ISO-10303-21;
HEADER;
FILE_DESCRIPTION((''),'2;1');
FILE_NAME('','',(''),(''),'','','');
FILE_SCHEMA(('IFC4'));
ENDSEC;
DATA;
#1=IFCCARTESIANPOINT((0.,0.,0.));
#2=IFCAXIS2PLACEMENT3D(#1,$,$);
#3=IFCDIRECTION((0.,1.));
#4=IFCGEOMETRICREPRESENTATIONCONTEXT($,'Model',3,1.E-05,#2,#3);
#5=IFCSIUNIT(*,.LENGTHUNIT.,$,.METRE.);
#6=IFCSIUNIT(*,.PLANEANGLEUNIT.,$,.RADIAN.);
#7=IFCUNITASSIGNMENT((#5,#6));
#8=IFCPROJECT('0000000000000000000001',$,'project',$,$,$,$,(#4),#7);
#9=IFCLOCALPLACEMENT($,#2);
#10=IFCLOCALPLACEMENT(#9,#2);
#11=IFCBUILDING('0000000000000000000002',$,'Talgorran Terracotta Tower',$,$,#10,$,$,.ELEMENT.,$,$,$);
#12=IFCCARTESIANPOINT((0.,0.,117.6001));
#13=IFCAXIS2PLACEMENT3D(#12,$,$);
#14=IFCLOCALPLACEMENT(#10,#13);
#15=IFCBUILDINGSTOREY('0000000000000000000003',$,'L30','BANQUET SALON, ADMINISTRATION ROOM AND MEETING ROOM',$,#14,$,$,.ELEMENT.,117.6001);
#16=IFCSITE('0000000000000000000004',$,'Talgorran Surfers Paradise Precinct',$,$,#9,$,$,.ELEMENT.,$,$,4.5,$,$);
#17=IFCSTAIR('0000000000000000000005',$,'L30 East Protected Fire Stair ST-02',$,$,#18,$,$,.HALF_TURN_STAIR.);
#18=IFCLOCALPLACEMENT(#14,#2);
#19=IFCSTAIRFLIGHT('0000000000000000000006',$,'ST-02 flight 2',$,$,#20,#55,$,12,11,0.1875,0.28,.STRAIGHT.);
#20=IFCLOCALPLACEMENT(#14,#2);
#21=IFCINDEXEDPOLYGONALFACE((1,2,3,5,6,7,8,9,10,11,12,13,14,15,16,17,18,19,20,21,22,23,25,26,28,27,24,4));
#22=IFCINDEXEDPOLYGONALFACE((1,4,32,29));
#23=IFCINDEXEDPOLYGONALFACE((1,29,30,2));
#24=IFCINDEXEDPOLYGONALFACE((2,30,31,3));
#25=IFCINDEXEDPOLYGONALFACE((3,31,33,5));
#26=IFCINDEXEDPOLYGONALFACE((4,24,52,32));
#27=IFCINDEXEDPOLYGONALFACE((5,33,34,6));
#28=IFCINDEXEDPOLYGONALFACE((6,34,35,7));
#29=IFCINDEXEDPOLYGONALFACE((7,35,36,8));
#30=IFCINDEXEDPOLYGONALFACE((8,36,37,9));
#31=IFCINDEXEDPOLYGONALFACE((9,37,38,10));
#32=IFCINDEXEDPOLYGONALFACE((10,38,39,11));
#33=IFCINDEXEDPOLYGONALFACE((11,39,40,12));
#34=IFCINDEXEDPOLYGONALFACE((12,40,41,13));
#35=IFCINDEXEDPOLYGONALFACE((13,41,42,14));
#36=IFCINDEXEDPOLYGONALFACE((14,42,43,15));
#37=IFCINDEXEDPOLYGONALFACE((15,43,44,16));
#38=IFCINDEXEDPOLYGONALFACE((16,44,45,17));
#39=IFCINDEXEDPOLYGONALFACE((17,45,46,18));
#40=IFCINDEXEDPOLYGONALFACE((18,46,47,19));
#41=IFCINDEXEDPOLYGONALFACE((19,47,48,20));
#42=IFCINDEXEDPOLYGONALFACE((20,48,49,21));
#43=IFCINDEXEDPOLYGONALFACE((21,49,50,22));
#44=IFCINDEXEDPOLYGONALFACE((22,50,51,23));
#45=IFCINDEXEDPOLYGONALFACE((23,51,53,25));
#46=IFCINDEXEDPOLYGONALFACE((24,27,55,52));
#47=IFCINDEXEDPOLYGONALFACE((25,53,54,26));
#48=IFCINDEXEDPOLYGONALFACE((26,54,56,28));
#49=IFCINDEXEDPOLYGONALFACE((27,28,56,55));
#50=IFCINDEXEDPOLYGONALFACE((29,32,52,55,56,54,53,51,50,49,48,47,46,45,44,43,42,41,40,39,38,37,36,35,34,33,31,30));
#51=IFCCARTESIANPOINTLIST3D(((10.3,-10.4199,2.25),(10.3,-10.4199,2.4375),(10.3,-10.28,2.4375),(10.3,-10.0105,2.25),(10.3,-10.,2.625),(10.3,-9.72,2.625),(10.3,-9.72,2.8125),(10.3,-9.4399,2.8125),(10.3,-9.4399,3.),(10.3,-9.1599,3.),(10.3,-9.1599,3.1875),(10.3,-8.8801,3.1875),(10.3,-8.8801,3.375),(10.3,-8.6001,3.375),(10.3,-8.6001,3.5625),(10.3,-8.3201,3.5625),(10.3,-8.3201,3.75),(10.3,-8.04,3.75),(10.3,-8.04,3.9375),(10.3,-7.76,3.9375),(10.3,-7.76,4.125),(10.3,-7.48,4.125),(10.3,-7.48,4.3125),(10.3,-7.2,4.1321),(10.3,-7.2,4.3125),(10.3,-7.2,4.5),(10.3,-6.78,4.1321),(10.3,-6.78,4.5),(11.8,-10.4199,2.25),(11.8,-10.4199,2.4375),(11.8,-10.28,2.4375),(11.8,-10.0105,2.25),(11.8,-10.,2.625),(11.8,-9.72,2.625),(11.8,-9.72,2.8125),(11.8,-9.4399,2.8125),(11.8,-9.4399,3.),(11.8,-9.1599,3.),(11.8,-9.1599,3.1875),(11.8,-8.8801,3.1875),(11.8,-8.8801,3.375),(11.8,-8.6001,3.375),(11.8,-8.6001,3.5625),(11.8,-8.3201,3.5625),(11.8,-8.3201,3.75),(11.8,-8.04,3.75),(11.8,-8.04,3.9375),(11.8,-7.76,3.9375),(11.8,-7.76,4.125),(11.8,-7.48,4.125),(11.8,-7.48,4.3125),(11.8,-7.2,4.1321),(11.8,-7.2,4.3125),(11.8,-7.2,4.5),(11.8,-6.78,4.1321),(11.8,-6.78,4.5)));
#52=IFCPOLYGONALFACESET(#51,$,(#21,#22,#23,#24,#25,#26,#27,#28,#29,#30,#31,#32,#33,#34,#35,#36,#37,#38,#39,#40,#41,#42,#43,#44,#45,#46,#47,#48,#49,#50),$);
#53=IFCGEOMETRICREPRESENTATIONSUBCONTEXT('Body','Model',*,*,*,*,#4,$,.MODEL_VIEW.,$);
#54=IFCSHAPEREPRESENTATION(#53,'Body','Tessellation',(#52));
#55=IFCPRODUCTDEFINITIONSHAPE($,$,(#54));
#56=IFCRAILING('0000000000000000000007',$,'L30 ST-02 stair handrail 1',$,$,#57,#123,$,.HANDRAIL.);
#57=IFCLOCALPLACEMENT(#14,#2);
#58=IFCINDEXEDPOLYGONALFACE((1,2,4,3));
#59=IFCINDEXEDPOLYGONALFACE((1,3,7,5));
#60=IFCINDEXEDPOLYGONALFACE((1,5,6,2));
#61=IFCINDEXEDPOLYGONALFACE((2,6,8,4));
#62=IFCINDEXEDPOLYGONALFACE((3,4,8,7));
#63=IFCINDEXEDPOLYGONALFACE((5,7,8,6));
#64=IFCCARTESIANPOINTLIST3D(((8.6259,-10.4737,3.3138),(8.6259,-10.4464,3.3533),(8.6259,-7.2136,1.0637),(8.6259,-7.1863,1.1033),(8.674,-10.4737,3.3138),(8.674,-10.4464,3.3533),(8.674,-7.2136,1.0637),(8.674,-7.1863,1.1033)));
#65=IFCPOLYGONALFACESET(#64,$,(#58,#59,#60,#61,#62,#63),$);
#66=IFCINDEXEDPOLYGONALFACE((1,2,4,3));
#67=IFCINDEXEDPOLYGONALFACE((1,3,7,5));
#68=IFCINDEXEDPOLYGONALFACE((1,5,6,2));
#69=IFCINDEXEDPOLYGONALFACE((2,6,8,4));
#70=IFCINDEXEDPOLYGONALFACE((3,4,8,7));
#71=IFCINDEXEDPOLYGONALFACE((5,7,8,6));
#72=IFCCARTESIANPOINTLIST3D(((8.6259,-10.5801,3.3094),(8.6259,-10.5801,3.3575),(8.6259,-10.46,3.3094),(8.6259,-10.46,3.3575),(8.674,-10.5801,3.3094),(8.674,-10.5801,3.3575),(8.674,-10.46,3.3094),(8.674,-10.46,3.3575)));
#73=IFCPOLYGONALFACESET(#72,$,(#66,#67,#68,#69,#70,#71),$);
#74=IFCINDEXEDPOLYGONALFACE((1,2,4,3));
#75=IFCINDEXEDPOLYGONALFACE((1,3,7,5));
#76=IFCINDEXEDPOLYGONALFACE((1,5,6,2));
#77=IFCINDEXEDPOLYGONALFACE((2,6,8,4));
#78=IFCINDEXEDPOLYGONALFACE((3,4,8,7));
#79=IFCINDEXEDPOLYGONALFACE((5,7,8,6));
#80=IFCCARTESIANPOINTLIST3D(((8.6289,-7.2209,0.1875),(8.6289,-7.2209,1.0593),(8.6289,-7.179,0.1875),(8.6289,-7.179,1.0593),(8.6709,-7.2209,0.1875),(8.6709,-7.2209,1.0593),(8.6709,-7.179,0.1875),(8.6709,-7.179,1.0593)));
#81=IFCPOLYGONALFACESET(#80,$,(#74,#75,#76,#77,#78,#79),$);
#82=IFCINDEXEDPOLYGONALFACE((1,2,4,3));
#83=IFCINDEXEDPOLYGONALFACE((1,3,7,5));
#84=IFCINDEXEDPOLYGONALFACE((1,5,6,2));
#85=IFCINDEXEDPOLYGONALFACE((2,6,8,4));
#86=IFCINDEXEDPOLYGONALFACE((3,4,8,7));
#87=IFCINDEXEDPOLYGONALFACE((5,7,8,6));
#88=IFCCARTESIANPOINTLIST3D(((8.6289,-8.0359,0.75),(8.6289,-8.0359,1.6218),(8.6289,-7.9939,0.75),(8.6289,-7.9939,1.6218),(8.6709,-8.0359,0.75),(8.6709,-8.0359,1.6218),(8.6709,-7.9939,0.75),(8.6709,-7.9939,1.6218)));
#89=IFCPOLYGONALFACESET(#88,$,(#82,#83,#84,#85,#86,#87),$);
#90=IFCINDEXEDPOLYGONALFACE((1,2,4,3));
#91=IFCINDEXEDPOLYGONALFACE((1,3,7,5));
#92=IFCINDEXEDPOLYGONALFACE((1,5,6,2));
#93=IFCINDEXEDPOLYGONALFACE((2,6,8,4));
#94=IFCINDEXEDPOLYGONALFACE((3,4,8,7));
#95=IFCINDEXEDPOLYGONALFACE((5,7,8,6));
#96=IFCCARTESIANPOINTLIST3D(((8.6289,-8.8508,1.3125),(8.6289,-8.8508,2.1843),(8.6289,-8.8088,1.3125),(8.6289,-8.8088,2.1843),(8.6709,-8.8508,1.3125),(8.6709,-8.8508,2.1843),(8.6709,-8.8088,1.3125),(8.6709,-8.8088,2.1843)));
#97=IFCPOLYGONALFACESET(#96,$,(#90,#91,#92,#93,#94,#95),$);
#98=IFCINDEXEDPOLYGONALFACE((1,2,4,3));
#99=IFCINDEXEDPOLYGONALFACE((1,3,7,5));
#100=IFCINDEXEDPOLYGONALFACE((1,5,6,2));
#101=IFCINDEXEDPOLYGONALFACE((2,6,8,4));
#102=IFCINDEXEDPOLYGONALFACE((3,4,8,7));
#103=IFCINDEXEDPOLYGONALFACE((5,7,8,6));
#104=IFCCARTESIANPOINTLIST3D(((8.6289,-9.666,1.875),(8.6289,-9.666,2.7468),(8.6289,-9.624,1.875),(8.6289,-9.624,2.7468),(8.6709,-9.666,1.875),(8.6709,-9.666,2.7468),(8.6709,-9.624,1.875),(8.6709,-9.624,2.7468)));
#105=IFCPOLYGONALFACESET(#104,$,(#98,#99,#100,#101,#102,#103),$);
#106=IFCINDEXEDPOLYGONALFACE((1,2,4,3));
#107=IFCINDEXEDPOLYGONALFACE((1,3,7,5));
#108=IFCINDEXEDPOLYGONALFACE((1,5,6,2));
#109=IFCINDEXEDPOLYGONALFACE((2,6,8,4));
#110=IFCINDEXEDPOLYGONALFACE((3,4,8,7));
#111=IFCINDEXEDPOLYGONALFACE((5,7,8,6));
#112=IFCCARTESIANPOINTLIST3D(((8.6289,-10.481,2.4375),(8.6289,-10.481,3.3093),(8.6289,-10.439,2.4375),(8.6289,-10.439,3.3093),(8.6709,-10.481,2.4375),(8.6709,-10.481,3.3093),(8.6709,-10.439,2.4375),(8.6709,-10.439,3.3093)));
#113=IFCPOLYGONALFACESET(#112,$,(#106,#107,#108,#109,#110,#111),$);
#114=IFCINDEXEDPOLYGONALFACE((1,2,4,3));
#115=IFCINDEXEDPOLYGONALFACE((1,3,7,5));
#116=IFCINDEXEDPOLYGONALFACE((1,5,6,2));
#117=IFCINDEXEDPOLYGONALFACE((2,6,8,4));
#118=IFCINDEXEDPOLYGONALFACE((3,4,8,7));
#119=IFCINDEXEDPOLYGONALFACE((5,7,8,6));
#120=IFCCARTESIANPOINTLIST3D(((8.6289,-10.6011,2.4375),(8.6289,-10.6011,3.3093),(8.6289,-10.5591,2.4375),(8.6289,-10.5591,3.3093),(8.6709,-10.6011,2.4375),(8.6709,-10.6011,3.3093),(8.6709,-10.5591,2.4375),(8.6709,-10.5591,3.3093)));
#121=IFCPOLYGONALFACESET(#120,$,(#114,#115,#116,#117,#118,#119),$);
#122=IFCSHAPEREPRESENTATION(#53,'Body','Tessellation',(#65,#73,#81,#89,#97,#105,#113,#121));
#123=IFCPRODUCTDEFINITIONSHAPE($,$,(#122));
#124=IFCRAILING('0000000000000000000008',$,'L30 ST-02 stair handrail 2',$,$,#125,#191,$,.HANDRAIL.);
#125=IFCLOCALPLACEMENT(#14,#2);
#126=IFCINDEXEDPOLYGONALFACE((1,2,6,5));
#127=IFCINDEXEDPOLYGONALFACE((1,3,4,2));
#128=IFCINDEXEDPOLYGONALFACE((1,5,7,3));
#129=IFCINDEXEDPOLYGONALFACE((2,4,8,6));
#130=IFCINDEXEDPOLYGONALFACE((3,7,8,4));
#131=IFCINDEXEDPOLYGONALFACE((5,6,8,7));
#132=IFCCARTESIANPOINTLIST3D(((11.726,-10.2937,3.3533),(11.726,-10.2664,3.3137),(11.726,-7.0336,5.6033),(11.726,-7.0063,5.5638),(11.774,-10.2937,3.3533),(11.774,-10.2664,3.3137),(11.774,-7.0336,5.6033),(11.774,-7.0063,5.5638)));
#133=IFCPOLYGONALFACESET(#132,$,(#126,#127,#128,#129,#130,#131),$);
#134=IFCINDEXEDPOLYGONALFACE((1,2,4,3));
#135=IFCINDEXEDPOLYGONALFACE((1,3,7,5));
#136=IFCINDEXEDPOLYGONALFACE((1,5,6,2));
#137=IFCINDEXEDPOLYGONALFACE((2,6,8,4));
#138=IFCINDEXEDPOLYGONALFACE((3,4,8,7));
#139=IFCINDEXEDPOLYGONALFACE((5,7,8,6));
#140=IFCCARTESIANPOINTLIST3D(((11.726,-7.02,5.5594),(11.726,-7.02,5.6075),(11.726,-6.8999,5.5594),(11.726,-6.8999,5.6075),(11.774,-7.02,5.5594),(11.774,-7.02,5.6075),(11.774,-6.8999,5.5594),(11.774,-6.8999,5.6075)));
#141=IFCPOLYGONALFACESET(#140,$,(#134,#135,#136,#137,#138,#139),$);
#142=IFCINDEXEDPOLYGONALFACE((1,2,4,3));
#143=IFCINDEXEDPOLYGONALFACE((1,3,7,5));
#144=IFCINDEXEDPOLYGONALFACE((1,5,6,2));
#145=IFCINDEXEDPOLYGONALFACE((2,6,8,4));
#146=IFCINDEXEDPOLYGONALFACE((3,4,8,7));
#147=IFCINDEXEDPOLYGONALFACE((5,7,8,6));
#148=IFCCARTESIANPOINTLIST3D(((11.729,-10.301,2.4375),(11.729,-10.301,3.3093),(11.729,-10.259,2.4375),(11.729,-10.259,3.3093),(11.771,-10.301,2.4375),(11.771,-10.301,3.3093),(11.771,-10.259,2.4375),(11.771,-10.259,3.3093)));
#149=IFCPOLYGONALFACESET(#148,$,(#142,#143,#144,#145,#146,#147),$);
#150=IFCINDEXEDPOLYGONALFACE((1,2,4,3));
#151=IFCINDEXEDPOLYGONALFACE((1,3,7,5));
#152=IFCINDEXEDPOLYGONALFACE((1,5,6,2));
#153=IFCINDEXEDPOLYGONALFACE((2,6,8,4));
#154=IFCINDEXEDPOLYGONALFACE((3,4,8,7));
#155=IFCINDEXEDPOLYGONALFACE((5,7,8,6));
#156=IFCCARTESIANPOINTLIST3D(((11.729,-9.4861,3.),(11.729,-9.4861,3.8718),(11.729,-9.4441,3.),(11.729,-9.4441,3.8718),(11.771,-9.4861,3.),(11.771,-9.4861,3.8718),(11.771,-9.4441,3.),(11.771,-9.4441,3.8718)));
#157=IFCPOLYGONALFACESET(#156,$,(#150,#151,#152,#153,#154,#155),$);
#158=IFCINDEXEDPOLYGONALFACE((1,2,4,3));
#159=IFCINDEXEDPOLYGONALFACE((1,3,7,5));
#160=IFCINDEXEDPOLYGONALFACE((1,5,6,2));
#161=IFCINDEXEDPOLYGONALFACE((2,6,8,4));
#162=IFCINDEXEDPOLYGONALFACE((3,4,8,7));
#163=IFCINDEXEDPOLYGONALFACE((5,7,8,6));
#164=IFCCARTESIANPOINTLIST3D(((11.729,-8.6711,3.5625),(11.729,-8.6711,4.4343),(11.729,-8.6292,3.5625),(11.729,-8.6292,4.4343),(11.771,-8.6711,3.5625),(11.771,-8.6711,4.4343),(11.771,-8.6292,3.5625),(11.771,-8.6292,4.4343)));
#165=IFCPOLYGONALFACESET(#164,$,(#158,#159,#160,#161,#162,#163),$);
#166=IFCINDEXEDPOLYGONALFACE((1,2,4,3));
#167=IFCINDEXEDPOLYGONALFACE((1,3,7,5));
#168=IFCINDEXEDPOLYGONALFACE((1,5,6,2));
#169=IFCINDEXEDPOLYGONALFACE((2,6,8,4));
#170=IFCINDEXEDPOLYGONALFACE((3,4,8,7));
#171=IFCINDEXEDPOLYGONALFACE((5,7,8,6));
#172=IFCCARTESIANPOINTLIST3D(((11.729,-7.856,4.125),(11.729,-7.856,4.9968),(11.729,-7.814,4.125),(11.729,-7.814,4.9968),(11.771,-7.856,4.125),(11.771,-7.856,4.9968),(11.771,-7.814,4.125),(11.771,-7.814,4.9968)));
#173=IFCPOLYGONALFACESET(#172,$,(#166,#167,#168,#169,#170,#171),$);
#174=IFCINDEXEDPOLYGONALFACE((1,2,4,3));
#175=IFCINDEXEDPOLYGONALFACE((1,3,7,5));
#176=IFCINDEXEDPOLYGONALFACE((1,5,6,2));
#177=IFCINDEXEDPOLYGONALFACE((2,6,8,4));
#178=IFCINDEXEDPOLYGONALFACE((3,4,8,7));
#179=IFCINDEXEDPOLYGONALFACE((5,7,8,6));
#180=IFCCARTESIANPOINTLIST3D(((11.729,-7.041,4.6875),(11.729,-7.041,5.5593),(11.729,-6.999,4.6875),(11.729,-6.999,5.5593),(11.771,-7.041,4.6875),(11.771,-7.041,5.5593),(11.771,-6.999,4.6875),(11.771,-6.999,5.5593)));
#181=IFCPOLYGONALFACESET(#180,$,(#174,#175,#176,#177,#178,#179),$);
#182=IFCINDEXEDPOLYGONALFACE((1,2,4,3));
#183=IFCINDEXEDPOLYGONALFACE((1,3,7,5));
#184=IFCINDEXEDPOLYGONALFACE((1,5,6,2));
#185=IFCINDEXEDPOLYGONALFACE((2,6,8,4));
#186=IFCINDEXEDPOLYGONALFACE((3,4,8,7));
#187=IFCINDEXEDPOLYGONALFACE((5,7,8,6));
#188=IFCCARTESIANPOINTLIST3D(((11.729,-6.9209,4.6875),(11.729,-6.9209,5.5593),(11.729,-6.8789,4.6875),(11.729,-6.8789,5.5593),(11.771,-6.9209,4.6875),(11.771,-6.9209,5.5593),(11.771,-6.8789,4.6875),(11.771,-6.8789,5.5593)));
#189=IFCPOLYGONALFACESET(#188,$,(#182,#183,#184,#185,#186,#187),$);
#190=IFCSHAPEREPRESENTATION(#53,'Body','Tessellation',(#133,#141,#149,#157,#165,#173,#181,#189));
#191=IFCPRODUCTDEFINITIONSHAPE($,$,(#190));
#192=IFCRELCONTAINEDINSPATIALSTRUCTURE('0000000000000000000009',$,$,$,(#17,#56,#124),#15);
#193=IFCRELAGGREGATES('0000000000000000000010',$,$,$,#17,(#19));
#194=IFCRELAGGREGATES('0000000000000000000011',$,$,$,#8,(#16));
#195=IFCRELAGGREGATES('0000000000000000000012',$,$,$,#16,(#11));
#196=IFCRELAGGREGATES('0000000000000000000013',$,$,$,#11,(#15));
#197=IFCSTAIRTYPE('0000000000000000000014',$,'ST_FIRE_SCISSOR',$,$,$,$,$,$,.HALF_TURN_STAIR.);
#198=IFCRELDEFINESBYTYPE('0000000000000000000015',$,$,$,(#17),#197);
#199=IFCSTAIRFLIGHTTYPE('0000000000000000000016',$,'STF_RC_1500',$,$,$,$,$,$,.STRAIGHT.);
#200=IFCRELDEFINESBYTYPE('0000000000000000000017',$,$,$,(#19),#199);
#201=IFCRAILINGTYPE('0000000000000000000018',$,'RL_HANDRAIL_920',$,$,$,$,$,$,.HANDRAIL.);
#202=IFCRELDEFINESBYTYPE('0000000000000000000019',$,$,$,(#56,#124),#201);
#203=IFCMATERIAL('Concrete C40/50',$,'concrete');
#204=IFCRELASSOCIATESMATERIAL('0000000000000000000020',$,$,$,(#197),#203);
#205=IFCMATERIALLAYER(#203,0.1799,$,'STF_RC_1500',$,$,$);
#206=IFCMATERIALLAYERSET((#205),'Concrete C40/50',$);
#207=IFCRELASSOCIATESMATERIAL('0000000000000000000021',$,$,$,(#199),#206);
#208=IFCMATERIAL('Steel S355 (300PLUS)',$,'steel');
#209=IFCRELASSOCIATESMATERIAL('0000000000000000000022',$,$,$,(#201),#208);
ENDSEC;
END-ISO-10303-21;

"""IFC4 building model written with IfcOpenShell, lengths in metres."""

from ifc_helpers import new_model, si_unit, direction, frame, origin, origin_2d, place, context, subcontext, project, spatial, polyline, rectangle, outline, extrude, material, layer, layer_set, type_object, element, aggregate, save


model = new_model("IFC4")

# Units and contexts
model_context = context("Model", 3, precision=1e-05, world=origin(), true_north=direction((0.0, 1.0)))
body_context = subcontext(model_context, "Body", "Model", "MODEL_VIEW")
ifc_project = project(units=[si_unit("LENGTHUNIT", "METRE"), si_unit("PLANEANGLEUNIT", "RADIAN")], contexts=[model_context])

# Site, building, storey
site_placement = place(None, origin())
site = spatial("IfcSite", under=ifc_project, at=site_placement, Name="Talgorran Surfers Paradise Precinct", CompositionType="ELEMENT", RefElevation=4.5)
building_placement = place(site_placement, origin())
building = spatial("IfcBuilding", under=site, at=building_placement, Name="Talgorran Terracotta Tower", CompositionType="ELEMENT")
storey_placement = place(building_placement, frame((0.0, 0.0, 117.6001)))
storey = spatial("IfcBuildingStorey", under=building, at=storey_placement, Name="L30", Description="BANQUET SALON, ADMINISTRATION ROOM AND MEETING ROOM", CompositionType="ELEMENT", Elevation=117.6001)

# Stair, stair flight
ifc_material_1 = material(Name="Concrete C40/50", Category="concrete")
stair_type = type_object("IfcStairType", Name="ST_FIRE_SCISSOR", PredefinedType="HALF_TURN_STAIR", material=ifc_material_1)
stair_placement = place(storey_placement, origin())
stair = element("IfcStair", 1, at=stair_placement, inside=storey, type_object=stair_type, Name="L30 East Protected Fire Stair ST-02", PredefinedType="HALF_TURN_STAIR")
ifc_layer_1 = layer(ifc_material_1, 0.1799, Name="STF_RC_1500")
ifc_layer_set_1 = layer_set([ifc_layer_1], Name="Concrete C40/50")
stair_flight_type = type_object("IfcStairFlightType", Name="STF_RC_1500", PredefinedType="STRAIGHT", material=ifc_layer_set_1)
stair_flight_1_placement = place(storey_placement, frame((11.05, -10.28, 2.25), z_axis=(0.0, 0.0, 1.0), x_axis=(0.0, 1.0, 0.0)))
stair_flight_1 = element("IfcStairFlight", 2, at=stair_flight_1_placement, type_object=stair_flight_type, Name="ST-02 flight 2", NumberOfRisers=12, NumberOfTreads=11, PredefinedType="STRAIGHT", RiserHeight=0.1875, TreadLength=0.28, context=body_context, shape_type="SweptSolid", body=[
    extrude(outline(polyline([(-0.1399, 0.0), (-0.1399, 0.1875), (0.0, 0.1875), (0.28, 0.375), (0.5601, 0.375), (0.5601, 0.5625), (0.8401, 0.5625), (0.8401, 0.75), (1.1201, 0.75), (1.1201, 0.9375), (1.3999, 0.9375), (1.3999, 1.125), (1.6799, 1.125), (1.6799, 1.3125), (1.96, 1.3125), (1.96, 1.5), (2.24, 1.5), (2.24, 1.6875), (2.52, 1.6875), (2.52, 1.875), (2.8, 1.875), (2.8, 2.0625), (3.0801, 2.0625), (3.0801, 2.25), (3.5, 2.25), (3.5, 1.8821), (3.0801, 1.8821), (0.2695, 0.0), (-0.1399, 0.0)])), frame((0.0, 0.75, 0.0), z_axis=(0.0, -1.0, 0.0), x_axis=(1.0, 0.0, 0.0)), (0.0, 0.0, 1.0), 1.5),
])
aggregate(stair, [stair_flight_1])

# Railings
ifc_material_2 = material(Name="Steel S355 (300PLUS)", Category="steel")
railing_type_1 = type_object("IfcRailingType", Name="RL_HANDRAIL_920", PredefinedType="HANDRAIL", material=ifc_material_2)
railing_1_placement = place(storey_placement, frame((8.6499, -7.2, 0.1875)))
element("IfcRailing", 3, at=railing_1_placement, inside=storey, type_object=railing_type_1, Name="L30 ST-02 stair handrail 1", PredefinedType="HANDRAIL", context=body_context, shape_type="SweptSolid", body=[
    extrude(rectangle(XDim=0.0481, YDim=0.0481, at=origin_2d()), frame((0.0, 0.0, 0.896), z_axis=(0.0, -0.82301, 0.568027), x_axis=(1.0, 0.0, 0.0)), (0.0, 0.0, 1.0), 3.9612),
    extrude(rectangle(XDim=0.0481, YDim=0.0481, at=origin_2d()), frame((0.0, -3.26, 3.146), z_axis=(0.0, -1.0, 0.0), x_axis=(1.0, 0.0, 0.0)), (0.0, 0.0, 1.0), 0.1201),
    extrude(rectangle(XDim=0.042, YDim=0.042, at=origin_2d()), origin(), (0.0, 0.0, 1.0), 0.8718),
    extrude(rectangle(XDim=0.042, YDim=0.042, at=origin_2d()), frame((0.0, -0.8149, 0.5625)), (0.0, 0.0, 1.0), 0.8718),
    extrude(rectangle(XDim=0.042, YDim=0.042, at=origin_2d()), frame((0.0, -1.6299, 1.125)), (0.0, 0.0, 1.0), 0.8718),
    extrude(rectangle(XDim=0.042, YDim=0.042, at=origin_2d()), frame((0.0, -2.4451, 1.6875)), (0.0, 0.0, 1.0), 0.8718),
    extrude(rectangle(XDim=0.042, YDim=0.042, at=origin_2d()), frame((0.0, -3.26, 2.25)), (0.0, 0.0, 1.0), 0.8718),
    extrude(rectangle(XDim=0.042, YDim=0.042, at=origin_2d()), frame((0.0, -3.3801, 2.25)), (0.0, 0.0, 1.0), 0.8718),
])
railing_2_placement = place(storey_placement, frame((11.75, -10.28, 2.4375)))
element("IfcRailing", 4, at=railing_2_placement, inside=storey, type_object=railing_type_1, Name="L30 ST-02 stair handrail 2", PredefinedType="HANDRAIL", context=body_context, shape_type="SweptSolid", body=[
    extrude(rectangle(XDim=0.0481, YDim=0.0481, at=origin_2d()), frame((0.0, 0.0, 0.896), z_axis=(0.0, 0.82301, 0.568027), x_axis=(-1.0, 0.0, 0.0)), (0.0, 0.0, 1.0), 3.9612),
    extrude(rectangle(XDim=0.0481, YDim=0.0481, at=origin_2d()), frame((0.0, 3.26, 3.146), z_axis=(0.0, 1.0, 0.0), x_axis=(-1.0, 0.0, 0.0)), (0.0, 0.0, 1.0), 0.1201),
    extrude(rectangle(XDim=0.042, YDim=0.042, at=origin_2d()), origin(), (0.0, 0.0, 1.0), 0.8718),
    extrude(rectangle(XDim=0.042, YDim=0.042, at=origin_2d()), frame((0.0, 0.8149, 0.5625)), (0.0, 0.0, 1.0), 0.8718),
    extrude(rectangle(XDim=0.042, YDim=0.042, at=origin_2d()), frame((0.0, 1.6299, 1.125)), (0.0, 0.0, 1.0), 0.8718),
    extrude(rectangle(XDim=0.042, YDim=0.042, at=origin_2d()), frame((0.0, 2.4451, 1.6875)), (0.0, 0.0, 1.0), 0.8718),
    extrude(rectangle(XDim=0.042, YDim=0.042, at=origin_2d()), frame((0.0, 3.26, 2.25)), (0.0, 0.0, 1.0), 0.8718),
    extrude(rectangle(XDim=0.042, YDim=0.042, at=origin_2d()), frame((0.0, 3.3801, 2.25)), (0.0, 0.0, 1.0), 0.8718),
])

save(model, "model.ifc")
